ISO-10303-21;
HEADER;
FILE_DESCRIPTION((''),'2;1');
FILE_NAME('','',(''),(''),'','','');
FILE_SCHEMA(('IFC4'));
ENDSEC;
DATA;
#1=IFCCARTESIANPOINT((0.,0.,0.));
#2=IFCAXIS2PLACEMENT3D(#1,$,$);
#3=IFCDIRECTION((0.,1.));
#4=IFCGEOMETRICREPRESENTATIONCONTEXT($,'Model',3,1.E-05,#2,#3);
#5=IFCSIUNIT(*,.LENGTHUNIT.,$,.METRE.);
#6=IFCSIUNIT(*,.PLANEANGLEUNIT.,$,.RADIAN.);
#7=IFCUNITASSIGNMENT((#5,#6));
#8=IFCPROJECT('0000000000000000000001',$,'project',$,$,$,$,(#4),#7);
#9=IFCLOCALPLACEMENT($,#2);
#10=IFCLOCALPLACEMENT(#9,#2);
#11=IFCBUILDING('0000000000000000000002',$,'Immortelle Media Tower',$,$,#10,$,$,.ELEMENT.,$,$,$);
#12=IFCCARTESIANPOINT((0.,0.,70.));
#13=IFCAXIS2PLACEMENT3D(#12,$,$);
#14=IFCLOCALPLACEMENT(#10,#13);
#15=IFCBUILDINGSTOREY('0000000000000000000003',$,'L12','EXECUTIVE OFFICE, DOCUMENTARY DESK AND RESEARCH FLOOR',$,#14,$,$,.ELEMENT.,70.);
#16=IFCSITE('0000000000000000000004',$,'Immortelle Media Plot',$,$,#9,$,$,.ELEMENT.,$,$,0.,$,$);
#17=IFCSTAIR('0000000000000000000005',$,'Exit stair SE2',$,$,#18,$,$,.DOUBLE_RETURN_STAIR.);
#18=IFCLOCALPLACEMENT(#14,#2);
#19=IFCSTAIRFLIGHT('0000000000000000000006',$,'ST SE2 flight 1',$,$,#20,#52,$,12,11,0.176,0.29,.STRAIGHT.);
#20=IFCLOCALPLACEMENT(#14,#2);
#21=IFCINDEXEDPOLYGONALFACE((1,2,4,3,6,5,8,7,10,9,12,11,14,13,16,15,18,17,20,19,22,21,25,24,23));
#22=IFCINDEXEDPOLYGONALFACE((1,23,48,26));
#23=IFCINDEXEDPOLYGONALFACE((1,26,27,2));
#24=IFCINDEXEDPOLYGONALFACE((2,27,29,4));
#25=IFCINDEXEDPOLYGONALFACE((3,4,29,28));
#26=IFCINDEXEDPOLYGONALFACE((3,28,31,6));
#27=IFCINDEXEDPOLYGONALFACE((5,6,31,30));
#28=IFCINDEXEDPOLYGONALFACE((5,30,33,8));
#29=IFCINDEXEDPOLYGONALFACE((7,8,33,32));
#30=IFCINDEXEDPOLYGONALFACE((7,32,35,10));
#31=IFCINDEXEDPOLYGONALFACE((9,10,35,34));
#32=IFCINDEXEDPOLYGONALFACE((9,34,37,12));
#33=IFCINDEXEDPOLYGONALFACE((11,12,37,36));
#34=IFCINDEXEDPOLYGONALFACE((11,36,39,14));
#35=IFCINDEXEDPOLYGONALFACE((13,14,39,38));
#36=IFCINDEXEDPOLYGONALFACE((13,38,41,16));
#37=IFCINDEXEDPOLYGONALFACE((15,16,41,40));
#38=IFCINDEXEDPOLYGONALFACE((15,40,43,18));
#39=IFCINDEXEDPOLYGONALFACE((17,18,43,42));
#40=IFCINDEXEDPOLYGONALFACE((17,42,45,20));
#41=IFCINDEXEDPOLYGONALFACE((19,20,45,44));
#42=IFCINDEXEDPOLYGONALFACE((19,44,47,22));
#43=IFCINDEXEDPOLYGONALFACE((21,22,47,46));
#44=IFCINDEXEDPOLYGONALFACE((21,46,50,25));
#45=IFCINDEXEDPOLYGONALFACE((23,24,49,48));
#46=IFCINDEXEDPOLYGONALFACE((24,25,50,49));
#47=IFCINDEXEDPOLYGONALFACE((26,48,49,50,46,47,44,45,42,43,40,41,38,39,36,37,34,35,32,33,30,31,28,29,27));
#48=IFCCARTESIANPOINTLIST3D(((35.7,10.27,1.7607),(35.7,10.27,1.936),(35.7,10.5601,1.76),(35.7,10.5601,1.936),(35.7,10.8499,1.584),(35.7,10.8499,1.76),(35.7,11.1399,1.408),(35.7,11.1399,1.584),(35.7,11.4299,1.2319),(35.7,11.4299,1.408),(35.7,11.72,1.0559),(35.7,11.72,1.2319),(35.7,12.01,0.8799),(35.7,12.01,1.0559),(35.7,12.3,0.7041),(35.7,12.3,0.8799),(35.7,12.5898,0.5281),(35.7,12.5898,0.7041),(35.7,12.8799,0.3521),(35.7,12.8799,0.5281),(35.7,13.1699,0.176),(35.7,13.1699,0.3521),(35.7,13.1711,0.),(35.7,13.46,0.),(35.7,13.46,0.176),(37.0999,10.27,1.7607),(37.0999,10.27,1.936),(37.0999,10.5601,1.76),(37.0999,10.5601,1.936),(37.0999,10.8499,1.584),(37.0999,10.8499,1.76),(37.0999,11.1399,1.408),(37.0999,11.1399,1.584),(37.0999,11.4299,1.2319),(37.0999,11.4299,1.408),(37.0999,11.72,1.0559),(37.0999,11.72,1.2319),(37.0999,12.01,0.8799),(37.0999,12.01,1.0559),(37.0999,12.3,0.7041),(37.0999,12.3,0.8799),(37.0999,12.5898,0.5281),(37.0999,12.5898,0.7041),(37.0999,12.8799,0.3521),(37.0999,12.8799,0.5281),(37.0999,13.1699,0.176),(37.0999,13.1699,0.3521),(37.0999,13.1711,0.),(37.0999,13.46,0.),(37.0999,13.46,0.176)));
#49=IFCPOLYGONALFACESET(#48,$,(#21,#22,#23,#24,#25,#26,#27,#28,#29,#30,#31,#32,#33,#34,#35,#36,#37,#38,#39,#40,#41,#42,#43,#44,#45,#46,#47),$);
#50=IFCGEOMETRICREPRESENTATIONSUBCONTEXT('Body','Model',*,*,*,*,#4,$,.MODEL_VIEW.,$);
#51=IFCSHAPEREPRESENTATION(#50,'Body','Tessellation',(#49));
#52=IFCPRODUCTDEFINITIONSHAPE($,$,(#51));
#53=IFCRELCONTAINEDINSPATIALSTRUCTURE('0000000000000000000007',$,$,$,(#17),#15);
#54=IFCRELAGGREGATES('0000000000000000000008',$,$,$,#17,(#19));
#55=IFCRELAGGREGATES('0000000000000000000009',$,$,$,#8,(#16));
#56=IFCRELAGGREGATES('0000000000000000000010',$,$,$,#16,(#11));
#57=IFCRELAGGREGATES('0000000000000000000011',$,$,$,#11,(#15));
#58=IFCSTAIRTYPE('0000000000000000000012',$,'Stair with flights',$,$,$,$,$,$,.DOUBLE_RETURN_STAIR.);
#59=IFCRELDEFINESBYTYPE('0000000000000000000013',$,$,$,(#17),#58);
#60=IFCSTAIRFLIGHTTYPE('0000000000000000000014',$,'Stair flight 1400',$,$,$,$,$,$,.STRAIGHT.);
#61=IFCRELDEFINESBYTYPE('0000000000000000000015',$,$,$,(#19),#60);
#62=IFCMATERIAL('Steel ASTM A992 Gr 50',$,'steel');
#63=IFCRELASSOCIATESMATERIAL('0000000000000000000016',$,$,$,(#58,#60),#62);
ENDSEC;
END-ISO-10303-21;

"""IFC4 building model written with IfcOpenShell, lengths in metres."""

from ifc_helpers import new_model, si_unit, direction, frame, origin, place, context, subcontext, project, spatial, polyline, outline, extrude, material, type_object, element, aggregate, save


model = new_model("IFC4")

# Units and contexts
model_context = context("Model", 3, precision=1e-05, world=origin(), true_north=direction((0.0, 1.0)))
body_context = subcontext(model_context, "Body", "Model", "MODEL_VIEW")
ifc_project = project(units=[si_unit("LENGTHUNIT", "METRE"), si_unit("PLANEANGLEUNIT", "RADIAN")], contexts=[model_context])

# Site, building, storey
site_placement = place(None, origin())
site = spatial("IfcSite", under=ifc_project, at=site_placement, Name="Immortelle Media Plot", CompositionType="ELEMENT", RefElevation=0.0)
building_placement = place(site_placement, origin())
building = spatial("IfcBuilding", under=site, at=building_placement, Name="Immortelle Media Tower", CompositionType="ELEMENT")
storey_placement = place(building_placement, frame((0.0, 0.0, 70.0)))
storey = spatial("IfcBuildingStorey", under=building, at=storey_placement, Name="L12", Description="EXECUTIVE OFFICE, DOCUMENTARY DESK AND RESEARCH FLOOR", CompositionType="ELEMENT", Elevation=70.0)

# Shared definitions
ifc_material_1 = material(Name="Steel ASTM A992 Gr 50", Category="steel")

# Stair, stair flight
stair_type = type_object("IfcStairType", Name="Stair with flights", PredefinedType="DOUBLE_RETURN_STAIR", material=ifc_material_1)
stair_flight_type = type_object("IfcStairFlightType", Name="Stair flight 1400", PredefinedType="STRAIGHT", material=ifc_material_1)
stair_1_placement = place(storey_placement, origin())
stair_1 = element("IfcStair", 1, at=stair_1_placement, inside=storey, type_object=stair_type, Name="Exit stair SE2", PredefinedType="DOUBLE_RETURN_STAIR")
stair_flight_1_placement = place(storey_placement, frame((36.3999, 13.46, 0.0), z_axis=(0.0, 0.0, 1.0), x_axis=(0.0, -1.0, 0.0)))
stair_flight_1 = element("IfcStairFlight", 2, at=stair_flight_1_placement, type_object=stair_flight_type, Name="ST SE2 flight 1", NumberOfRisers=12, NumberOfTreads=11, PredefinedType="STRAIGHT", RiserHeight=0.176, TreadLength=0.29, context=body_context, shape_type="SweptSolid", body=[
    extrude(outline(polyline([(0.0, 0.0), (0.0, 0.176), (0.29, 0.176), (0.29, 0.3521), (0.5801, 0.3521), (0.5801, 0.5281), (0.8701, 0.5281), (0.8701, 0.7041), (1.1599, 0.7041), (1.1599, 0.8799), (1.45, 0.8799), (1.45, 1.0559), (1.74, 1.0559), (1.74, 1.2319), (2.03, 1.2319), (2.03, 1.408), (2.3201, 1.408), (2.3201, 1.584), (2.6101, 1.584), (2.6101, 1.76), (2.8999, 1.76), (2.8999, 1.936), (3.1899, 1.936), (3.1899, 2.1121), (3.1899, 1.7607), (0.2888, 0.0), (0.0, 0.0)])), frame((0.0, 0.7, 0.0), z_axis=(0.0, -1.0, 0.0), x_axis=(1.0, 0.0, 0.0)), (0.0, 0.0, 1.0), 1.3999),
])
aggregate(stair_1, [stair_flight_1])

save(model, "model.ifc")
